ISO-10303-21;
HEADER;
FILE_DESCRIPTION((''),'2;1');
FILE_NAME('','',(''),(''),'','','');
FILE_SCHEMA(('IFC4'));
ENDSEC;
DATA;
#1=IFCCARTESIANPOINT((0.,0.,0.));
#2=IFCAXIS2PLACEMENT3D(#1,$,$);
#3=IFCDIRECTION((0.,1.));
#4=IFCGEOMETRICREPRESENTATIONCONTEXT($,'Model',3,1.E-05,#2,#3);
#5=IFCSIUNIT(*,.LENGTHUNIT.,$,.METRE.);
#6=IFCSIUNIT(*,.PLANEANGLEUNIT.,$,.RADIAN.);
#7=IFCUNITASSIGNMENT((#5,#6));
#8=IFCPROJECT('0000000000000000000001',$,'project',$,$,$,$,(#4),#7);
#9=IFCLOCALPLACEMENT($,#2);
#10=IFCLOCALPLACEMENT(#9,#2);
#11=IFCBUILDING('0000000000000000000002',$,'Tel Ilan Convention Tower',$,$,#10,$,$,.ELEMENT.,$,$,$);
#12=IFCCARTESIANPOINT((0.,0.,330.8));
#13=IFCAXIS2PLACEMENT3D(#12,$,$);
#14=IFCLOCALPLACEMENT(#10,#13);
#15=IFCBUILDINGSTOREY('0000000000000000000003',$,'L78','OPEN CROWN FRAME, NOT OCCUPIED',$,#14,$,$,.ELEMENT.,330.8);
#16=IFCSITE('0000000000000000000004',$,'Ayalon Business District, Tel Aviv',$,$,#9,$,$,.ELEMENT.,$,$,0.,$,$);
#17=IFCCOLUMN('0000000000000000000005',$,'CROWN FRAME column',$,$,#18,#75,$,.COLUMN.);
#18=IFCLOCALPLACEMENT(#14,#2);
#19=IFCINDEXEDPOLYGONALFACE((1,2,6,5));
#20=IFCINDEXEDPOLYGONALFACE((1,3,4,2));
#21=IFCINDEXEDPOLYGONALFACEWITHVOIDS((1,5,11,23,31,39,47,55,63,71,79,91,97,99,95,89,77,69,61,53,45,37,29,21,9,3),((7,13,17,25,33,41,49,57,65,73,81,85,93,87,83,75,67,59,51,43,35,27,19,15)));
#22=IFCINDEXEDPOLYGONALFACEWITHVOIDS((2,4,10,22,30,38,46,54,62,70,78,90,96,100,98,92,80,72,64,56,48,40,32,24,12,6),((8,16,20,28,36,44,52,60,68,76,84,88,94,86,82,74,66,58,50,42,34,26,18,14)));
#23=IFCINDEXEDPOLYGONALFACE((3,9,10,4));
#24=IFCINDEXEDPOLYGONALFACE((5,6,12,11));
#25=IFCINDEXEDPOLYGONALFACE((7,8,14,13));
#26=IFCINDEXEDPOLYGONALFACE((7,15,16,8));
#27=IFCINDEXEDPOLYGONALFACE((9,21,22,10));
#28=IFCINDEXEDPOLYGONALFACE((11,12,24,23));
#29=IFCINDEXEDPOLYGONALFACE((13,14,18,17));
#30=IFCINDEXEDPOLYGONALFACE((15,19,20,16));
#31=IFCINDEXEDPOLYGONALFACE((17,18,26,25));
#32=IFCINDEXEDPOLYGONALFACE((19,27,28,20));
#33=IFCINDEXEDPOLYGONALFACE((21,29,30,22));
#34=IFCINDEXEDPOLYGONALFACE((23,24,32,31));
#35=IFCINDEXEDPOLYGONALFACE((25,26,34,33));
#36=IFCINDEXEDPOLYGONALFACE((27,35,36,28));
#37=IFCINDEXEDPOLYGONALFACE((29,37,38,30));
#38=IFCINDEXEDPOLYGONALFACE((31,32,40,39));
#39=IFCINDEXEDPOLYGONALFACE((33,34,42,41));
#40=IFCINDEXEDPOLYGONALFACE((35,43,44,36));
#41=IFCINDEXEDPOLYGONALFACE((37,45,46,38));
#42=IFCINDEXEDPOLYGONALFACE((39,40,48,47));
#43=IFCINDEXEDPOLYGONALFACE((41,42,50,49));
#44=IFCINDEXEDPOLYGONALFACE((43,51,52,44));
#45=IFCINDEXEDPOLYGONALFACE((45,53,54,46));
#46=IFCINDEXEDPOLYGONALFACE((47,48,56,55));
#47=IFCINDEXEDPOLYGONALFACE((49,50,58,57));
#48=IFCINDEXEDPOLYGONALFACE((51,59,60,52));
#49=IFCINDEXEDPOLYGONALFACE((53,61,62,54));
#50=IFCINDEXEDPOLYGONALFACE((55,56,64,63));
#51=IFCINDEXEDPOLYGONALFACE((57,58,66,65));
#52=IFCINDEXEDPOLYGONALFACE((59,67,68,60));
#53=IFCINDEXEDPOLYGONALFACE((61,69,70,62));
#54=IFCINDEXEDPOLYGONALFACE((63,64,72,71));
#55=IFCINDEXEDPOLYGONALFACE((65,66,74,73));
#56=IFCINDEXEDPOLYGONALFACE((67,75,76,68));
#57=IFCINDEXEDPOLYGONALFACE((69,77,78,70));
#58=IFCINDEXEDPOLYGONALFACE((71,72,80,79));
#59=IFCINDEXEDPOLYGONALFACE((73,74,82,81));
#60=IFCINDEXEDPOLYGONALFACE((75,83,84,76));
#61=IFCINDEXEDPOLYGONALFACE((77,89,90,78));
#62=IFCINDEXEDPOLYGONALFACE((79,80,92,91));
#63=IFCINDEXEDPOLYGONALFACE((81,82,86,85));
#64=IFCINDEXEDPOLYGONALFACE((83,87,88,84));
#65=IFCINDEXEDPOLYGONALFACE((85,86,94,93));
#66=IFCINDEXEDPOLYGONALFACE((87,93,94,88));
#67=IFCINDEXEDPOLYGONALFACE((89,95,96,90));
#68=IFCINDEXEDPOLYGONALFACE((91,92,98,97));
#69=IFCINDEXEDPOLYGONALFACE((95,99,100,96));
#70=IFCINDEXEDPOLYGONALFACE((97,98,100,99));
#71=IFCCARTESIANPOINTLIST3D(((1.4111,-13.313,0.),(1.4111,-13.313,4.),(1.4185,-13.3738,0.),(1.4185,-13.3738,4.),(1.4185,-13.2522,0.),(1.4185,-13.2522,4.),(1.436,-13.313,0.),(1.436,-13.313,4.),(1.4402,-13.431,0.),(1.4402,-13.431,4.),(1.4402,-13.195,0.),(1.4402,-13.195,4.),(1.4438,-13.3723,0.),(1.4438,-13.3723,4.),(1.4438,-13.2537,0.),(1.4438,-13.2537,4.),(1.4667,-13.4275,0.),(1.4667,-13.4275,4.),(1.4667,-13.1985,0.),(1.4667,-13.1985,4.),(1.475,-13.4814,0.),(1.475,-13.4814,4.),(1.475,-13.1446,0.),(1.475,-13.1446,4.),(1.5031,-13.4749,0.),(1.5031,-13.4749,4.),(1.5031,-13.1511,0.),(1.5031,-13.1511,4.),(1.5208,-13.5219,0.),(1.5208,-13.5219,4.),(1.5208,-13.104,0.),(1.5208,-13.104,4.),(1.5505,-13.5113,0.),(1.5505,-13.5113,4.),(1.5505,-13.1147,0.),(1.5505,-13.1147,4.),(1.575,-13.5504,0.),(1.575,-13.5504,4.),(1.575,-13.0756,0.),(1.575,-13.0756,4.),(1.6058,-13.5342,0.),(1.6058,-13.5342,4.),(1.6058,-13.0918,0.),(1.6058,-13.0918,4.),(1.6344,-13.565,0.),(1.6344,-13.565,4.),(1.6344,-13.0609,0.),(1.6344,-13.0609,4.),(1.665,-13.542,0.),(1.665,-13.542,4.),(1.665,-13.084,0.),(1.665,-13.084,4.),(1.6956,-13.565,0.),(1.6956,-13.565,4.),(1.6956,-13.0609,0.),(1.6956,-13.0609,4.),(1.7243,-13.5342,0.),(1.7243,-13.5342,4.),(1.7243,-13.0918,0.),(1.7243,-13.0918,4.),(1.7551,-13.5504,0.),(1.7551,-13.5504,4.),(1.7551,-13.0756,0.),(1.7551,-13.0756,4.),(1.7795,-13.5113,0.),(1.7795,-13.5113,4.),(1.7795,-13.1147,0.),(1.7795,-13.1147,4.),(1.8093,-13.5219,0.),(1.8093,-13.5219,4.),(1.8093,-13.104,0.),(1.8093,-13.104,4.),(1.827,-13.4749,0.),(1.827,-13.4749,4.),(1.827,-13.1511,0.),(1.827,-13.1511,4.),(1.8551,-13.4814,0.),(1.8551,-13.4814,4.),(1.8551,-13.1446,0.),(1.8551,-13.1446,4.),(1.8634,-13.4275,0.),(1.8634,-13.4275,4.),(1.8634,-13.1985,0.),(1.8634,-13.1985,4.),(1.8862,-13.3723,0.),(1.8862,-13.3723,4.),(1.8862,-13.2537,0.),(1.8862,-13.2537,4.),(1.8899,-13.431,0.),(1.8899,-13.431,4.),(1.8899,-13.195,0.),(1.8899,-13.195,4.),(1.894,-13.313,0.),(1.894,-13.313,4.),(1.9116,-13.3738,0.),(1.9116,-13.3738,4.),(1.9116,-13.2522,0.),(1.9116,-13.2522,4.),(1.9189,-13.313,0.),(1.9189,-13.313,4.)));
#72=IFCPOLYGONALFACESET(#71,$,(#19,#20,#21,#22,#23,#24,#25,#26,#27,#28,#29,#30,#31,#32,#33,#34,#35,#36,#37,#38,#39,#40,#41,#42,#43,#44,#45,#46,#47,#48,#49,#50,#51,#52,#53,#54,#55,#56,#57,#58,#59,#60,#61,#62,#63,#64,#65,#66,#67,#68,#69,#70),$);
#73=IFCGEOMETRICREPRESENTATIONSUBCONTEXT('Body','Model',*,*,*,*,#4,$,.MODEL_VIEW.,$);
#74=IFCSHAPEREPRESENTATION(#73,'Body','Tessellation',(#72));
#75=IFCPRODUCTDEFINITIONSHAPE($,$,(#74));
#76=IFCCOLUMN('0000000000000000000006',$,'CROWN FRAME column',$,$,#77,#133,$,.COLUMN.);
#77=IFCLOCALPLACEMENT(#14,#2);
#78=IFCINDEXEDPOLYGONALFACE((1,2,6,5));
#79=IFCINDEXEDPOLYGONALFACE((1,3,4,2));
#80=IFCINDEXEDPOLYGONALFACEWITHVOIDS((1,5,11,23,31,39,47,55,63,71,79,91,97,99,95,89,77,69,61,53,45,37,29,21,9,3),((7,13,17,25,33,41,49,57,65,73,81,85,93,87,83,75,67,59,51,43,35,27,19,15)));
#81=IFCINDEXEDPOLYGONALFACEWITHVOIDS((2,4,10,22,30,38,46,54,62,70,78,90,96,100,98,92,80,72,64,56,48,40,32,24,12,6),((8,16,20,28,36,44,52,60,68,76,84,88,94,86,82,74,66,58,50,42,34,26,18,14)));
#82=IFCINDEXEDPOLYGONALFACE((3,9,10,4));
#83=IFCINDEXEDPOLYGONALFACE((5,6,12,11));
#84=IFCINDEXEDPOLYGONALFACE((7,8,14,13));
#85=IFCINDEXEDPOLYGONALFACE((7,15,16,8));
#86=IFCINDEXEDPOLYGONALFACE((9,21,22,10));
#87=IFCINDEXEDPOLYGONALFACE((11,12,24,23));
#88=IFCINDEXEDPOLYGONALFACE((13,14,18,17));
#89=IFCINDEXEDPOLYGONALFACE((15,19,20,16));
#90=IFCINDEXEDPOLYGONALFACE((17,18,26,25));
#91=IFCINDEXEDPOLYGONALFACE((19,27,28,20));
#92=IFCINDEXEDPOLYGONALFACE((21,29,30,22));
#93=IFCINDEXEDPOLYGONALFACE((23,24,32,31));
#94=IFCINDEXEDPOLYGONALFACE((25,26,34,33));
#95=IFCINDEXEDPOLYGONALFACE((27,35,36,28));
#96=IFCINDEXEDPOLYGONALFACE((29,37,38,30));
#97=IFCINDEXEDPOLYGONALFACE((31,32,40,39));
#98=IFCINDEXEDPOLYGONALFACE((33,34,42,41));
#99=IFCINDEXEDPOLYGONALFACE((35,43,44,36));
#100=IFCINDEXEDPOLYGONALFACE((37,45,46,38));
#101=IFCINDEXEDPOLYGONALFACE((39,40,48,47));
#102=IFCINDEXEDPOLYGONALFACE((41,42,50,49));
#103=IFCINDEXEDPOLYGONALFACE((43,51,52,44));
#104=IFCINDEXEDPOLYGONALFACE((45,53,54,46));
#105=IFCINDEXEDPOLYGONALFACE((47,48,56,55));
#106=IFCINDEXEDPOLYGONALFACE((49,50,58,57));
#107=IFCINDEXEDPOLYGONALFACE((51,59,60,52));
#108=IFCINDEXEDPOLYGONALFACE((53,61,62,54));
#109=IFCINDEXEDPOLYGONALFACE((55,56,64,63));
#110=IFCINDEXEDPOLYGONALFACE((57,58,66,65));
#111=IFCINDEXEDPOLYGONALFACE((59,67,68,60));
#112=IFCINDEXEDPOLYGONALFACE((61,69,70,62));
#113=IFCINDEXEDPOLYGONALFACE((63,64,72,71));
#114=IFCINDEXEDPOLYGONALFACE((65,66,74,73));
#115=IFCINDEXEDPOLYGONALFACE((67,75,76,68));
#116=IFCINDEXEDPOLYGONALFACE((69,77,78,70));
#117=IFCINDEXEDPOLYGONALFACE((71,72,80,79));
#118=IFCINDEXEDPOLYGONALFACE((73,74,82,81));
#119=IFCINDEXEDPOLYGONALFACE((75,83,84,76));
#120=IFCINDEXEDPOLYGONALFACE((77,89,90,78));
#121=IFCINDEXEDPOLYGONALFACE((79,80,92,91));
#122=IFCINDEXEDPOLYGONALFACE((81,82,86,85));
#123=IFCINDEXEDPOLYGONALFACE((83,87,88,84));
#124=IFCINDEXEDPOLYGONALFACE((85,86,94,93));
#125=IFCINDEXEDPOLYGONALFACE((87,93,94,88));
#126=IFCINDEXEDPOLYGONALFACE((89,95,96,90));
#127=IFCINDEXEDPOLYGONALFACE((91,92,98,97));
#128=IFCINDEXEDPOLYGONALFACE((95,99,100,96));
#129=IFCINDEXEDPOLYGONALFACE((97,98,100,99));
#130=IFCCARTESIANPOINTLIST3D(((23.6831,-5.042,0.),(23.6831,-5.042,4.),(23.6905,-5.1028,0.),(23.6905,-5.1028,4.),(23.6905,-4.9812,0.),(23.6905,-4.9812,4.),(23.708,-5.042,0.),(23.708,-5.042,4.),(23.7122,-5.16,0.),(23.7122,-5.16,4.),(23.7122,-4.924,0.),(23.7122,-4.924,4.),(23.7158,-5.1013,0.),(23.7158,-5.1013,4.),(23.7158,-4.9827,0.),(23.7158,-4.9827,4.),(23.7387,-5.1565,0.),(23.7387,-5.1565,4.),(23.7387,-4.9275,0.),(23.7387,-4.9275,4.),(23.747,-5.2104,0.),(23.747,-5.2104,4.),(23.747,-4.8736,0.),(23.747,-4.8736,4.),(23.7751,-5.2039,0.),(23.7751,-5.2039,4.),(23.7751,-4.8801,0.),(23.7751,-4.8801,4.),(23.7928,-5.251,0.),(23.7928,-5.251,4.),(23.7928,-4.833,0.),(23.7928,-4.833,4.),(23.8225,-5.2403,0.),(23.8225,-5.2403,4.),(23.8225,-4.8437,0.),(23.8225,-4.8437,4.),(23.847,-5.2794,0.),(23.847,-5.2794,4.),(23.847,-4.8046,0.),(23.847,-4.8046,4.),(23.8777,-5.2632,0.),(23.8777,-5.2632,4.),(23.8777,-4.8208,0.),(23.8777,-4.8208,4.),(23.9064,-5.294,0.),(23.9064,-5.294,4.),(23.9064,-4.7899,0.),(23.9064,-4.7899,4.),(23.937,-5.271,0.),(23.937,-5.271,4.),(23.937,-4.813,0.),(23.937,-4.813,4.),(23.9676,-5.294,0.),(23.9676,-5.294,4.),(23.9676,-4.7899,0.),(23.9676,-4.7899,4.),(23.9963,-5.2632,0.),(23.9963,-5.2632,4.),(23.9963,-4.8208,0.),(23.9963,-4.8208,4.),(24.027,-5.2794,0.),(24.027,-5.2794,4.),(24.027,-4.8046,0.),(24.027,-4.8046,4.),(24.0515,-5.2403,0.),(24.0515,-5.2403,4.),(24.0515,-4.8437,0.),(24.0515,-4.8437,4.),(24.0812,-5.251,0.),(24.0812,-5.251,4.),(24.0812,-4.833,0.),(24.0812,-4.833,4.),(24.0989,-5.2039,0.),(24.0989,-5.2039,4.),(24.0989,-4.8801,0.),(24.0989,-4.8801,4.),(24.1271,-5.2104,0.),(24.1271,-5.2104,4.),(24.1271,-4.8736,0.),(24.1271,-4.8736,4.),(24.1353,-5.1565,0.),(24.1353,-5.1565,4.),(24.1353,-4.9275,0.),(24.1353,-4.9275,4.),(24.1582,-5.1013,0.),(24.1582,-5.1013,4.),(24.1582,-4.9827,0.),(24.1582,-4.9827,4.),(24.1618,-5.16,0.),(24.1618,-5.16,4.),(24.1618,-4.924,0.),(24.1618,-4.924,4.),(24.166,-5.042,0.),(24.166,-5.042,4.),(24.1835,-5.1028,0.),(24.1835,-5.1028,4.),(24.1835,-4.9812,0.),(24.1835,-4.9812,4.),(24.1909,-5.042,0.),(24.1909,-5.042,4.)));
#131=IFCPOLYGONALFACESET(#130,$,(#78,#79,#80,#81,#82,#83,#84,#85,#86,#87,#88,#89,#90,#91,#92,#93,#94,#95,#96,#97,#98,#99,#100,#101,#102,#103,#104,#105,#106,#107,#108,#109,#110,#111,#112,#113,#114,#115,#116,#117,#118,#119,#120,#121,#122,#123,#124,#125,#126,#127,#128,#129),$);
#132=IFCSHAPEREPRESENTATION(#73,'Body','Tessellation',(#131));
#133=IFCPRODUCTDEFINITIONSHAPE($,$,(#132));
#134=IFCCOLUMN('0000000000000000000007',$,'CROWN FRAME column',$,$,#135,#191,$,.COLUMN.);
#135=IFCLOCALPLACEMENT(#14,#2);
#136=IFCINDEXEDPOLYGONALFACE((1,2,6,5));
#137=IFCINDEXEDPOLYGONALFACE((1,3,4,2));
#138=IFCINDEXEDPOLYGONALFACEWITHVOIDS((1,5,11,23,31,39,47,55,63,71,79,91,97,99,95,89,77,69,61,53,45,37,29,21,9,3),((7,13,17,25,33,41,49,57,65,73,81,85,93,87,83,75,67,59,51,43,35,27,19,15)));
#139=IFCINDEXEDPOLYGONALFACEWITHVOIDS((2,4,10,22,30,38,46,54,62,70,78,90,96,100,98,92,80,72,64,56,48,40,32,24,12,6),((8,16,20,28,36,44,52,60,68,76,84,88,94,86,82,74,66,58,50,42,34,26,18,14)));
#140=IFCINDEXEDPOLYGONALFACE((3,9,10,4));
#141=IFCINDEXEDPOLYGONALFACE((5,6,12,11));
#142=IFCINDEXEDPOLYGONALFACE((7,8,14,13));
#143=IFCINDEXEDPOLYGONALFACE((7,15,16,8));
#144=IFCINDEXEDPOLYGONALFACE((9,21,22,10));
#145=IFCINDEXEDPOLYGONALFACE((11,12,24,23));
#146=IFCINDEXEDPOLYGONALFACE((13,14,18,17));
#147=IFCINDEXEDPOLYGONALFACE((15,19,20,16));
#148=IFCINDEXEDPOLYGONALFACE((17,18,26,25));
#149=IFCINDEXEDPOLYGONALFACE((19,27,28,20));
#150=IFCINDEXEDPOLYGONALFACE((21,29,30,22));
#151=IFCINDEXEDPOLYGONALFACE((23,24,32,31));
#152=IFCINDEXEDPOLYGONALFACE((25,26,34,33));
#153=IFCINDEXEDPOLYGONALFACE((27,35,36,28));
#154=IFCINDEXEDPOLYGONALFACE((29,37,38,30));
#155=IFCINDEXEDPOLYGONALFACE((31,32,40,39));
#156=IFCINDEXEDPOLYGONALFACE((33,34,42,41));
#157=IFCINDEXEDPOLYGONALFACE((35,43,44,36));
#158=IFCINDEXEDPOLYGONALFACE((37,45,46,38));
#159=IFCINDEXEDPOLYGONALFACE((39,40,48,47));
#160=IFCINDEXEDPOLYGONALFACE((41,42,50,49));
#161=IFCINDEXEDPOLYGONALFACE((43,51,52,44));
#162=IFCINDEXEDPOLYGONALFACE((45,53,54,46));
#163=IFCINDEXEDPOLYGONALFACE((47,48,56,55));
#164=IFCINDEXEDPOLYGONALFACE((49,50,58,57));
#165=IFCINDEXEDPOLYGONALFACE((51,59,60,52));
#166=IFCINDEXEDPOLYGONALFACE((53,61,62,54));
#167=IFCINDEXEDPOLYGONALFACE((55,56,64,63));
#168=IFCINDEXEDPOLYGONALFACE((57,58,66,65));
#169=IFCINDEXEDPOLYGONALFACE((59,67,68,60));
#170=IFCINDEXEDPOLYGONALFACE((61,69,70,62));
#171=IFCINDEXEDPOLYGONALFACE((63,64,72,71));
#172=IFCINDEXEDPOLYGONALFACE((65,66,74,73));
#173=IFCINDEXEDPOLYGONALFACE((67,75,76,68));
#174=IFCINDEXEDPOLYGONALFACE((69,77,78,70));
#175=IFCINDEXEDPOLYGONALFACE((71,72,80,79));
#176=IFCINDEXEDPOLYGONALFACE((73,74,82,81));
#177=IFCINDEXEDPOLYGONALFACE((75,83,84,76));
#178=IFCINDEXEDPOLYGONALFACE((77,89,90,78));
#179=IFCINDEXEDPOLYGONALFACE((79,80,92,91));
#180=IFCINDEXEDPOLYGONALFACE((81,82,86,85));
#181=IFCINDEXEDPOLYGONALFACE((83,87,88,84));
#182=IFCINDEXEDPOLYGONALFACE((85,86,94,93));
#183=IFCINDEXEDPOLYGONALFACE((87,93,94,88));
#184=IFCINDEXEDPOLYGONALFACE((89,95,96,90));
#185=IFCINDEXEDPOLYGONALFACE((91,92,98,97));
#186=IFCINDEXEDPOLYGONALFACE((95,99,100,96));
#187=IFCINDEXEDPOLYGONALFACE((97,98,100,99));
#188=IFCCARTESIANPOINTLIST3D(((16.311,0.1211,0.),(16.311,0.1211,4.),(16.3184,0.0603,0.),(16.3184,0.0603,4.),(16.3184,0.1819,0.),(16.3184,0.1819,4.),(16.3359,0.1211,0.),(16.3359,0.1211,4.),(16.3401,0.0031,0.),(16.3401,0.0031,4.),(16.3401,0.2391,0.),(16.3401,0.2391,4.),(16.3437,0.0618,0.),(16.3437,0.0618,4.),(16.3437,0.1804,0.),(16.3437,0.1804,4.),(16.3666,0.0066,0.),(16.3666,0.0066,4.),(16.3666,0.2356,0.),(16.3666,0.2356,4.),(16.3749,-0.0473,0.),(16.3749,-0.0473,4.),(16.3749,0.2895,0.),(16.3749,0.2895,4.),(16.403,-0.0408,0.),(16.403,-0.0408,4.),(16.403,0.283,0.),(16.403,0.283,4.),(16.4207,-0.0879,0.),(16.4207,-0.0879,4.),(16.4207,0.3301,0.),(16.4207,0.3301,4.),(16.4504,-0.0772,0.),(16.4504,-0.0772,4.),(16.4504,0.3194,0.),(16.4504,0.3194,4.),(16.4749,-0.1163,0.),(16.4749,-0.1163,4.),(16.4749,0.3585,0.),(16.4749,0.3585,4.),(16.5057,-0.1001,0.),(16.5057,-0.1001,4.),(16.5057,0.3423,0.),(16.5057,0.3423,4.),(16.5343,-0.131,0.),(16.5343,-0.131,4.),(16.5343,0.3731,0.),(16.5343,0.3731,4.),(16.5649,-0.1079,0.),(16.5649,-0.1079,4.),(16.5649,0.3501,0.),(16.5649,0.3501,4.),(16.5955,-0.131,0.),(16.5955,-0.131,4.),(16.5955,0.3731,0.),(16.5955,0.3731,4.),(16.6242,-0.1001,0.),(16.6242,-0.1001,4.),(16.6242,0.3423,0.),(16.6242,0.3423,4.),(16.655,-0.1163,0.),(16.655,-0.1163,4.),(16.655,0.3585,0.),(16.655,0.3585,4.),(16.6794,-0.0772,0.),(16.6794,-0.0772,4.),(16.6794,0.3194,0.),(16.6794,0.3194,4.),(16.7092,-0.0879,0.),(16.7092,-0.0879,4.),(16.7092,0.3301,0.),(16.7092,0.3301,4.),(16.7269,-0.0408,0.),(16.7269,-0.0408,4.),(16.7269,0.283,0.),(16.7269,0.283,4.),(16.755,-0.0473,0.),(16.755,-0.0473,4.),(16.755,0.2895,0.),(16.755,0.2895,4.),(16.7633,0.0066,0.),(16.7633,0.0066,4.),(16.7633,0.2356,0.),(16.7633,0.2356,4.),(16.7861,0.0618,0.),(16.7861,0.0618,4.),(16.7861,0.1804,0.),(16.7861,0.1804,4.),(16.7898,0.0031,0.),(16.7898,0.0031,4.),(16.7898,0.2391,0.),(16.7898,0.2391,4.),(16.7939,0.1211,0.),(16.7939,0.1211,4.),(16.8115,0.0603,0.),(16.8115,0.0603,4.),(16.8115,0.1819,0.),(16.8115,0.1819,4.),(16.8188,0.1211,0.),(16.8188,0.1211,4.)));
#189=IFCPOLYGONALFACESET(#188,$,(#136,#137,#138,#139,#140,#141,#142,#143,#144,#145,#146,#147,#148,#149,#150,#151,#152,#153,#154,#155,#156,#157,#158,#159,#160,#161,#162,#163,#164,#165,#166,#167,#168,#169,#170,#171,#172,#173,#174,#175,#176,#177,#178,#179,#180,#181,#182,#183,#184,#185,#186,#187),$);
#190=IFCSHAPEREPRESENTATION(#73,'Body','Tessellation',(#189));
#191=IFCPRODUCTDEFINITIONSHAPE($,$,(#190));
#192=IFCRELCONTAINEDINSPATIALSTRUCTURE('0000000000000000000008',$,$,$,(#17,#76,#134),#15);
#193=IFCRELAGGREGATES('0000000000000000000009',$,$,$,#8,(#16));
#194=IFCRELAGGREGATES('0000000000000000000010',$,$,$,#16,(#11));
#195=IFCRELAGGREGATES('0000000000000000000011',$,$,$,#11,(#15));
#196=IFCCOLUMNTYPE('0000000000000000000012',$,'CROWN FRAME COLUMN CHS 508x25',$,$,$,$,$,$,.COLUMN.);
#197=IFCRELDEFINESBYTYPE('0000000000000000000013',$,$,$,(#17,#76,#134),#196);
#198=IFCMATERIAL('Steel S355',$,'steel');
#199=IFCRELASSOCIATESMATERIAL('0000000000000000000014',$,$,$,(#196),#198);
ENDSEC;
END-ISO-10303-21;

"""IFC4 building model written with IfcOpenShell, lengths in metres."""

from ifc_helpers import new_model, si_unit, direction, frame, origin, origin_2d, place, context, subcontext, project, spatial, hollow_circle, extrude, material, material_profile, profile_set, type_object, element, save


model = new_model("IFC4")

# Units and contexts
model_context = context("Model", 3, precision=1e-05, world=origin(), true_north=direction((0.0, 1.0)))
body_context = subcontext(model_context, "Body", "Model", "MODEL_VIEW")
ifc_project = project(units=[si_unit("LENGTHUNIT", "METRE"), si_unit("PLANEANGLEUNIT", "RADIAN")], contexts=[model_context])

# Site, building, storey
site_placement = place(None, origin())
site = spatial("IfcSite", under=ifc_project, at=site_placement, Name="Ayalon Business District, Tel Aviv", CompositionType="ELEMENT", RefElevation=0.0)
building_placement = place(site_placement, origin())
building = spatial("IfcBuilding", under=site, at=building_placement, Name="Tel Ilan Convention Tower", CompositionType="ELEMENT")
storey_placement = place(building_placement, frame((0.0, 0.0, 330.8)))
storey = spatial("IfcBuildingStorey", under=building, at=storey_placement, Name="L78", Description="OPEN CROWN FRAME, NOT OCCUPIED", CompositionType="ELEMENT", Elevation=330.8)

# Columns
ifc_material_1 = material(Name="Steel S355", Category="steel")
ifc_material_profile_1 = material_profile(ifc_material_1, hollow_circle(Radius=0.2539, WallThickness=0.0249, at=origin_2d()), Name="CHS 508x25")
ifc_profile_set_1 = profile_set([ifc_material_profile_1], Name="Steel S355")
column_type_1 = type_object("IfcColumnType", Name="CROWN FRAME COLUMN CHS 508x25", PredefinedType="COLUMN", material=ifc_profile_set_1)
for number, where, z_axis, x_axis, name in (
    (1, (1.665, -13.313, 0.0), (0.0, 0.0, 1.0), (1.0, 0.0, 0.0), "CROWN FRAME column"),
    (2, (23.937, -5.042, 0.0), (0.0, 0.0, 1.0), (1.0, 0.0, 0.0), "CROWN FRAME column"),
    (3, (16.5649, 0.1211, 0.0), (0.0, 0.0, 1.0), (1.0, 0.0, 0.0), "CROWN FRAME column"),
):
    element("IfcColumn", number, at=place(storey_placement, frame(where, z_axis=z_axis, x_axis=x_axis)), inside=storey, type_object=column_type_1, Name=name, PredefinedType="COLUMN", context=body_context, shape_type="SweptSolid", body=[
        extrude(hollow_circle(Radius=0.2539, WallThickness=0.0249, at=origin_2d()), origin(), (0.0, 0.0, 1.0), 4.0),
    ])

save(model, "model.ifc")
